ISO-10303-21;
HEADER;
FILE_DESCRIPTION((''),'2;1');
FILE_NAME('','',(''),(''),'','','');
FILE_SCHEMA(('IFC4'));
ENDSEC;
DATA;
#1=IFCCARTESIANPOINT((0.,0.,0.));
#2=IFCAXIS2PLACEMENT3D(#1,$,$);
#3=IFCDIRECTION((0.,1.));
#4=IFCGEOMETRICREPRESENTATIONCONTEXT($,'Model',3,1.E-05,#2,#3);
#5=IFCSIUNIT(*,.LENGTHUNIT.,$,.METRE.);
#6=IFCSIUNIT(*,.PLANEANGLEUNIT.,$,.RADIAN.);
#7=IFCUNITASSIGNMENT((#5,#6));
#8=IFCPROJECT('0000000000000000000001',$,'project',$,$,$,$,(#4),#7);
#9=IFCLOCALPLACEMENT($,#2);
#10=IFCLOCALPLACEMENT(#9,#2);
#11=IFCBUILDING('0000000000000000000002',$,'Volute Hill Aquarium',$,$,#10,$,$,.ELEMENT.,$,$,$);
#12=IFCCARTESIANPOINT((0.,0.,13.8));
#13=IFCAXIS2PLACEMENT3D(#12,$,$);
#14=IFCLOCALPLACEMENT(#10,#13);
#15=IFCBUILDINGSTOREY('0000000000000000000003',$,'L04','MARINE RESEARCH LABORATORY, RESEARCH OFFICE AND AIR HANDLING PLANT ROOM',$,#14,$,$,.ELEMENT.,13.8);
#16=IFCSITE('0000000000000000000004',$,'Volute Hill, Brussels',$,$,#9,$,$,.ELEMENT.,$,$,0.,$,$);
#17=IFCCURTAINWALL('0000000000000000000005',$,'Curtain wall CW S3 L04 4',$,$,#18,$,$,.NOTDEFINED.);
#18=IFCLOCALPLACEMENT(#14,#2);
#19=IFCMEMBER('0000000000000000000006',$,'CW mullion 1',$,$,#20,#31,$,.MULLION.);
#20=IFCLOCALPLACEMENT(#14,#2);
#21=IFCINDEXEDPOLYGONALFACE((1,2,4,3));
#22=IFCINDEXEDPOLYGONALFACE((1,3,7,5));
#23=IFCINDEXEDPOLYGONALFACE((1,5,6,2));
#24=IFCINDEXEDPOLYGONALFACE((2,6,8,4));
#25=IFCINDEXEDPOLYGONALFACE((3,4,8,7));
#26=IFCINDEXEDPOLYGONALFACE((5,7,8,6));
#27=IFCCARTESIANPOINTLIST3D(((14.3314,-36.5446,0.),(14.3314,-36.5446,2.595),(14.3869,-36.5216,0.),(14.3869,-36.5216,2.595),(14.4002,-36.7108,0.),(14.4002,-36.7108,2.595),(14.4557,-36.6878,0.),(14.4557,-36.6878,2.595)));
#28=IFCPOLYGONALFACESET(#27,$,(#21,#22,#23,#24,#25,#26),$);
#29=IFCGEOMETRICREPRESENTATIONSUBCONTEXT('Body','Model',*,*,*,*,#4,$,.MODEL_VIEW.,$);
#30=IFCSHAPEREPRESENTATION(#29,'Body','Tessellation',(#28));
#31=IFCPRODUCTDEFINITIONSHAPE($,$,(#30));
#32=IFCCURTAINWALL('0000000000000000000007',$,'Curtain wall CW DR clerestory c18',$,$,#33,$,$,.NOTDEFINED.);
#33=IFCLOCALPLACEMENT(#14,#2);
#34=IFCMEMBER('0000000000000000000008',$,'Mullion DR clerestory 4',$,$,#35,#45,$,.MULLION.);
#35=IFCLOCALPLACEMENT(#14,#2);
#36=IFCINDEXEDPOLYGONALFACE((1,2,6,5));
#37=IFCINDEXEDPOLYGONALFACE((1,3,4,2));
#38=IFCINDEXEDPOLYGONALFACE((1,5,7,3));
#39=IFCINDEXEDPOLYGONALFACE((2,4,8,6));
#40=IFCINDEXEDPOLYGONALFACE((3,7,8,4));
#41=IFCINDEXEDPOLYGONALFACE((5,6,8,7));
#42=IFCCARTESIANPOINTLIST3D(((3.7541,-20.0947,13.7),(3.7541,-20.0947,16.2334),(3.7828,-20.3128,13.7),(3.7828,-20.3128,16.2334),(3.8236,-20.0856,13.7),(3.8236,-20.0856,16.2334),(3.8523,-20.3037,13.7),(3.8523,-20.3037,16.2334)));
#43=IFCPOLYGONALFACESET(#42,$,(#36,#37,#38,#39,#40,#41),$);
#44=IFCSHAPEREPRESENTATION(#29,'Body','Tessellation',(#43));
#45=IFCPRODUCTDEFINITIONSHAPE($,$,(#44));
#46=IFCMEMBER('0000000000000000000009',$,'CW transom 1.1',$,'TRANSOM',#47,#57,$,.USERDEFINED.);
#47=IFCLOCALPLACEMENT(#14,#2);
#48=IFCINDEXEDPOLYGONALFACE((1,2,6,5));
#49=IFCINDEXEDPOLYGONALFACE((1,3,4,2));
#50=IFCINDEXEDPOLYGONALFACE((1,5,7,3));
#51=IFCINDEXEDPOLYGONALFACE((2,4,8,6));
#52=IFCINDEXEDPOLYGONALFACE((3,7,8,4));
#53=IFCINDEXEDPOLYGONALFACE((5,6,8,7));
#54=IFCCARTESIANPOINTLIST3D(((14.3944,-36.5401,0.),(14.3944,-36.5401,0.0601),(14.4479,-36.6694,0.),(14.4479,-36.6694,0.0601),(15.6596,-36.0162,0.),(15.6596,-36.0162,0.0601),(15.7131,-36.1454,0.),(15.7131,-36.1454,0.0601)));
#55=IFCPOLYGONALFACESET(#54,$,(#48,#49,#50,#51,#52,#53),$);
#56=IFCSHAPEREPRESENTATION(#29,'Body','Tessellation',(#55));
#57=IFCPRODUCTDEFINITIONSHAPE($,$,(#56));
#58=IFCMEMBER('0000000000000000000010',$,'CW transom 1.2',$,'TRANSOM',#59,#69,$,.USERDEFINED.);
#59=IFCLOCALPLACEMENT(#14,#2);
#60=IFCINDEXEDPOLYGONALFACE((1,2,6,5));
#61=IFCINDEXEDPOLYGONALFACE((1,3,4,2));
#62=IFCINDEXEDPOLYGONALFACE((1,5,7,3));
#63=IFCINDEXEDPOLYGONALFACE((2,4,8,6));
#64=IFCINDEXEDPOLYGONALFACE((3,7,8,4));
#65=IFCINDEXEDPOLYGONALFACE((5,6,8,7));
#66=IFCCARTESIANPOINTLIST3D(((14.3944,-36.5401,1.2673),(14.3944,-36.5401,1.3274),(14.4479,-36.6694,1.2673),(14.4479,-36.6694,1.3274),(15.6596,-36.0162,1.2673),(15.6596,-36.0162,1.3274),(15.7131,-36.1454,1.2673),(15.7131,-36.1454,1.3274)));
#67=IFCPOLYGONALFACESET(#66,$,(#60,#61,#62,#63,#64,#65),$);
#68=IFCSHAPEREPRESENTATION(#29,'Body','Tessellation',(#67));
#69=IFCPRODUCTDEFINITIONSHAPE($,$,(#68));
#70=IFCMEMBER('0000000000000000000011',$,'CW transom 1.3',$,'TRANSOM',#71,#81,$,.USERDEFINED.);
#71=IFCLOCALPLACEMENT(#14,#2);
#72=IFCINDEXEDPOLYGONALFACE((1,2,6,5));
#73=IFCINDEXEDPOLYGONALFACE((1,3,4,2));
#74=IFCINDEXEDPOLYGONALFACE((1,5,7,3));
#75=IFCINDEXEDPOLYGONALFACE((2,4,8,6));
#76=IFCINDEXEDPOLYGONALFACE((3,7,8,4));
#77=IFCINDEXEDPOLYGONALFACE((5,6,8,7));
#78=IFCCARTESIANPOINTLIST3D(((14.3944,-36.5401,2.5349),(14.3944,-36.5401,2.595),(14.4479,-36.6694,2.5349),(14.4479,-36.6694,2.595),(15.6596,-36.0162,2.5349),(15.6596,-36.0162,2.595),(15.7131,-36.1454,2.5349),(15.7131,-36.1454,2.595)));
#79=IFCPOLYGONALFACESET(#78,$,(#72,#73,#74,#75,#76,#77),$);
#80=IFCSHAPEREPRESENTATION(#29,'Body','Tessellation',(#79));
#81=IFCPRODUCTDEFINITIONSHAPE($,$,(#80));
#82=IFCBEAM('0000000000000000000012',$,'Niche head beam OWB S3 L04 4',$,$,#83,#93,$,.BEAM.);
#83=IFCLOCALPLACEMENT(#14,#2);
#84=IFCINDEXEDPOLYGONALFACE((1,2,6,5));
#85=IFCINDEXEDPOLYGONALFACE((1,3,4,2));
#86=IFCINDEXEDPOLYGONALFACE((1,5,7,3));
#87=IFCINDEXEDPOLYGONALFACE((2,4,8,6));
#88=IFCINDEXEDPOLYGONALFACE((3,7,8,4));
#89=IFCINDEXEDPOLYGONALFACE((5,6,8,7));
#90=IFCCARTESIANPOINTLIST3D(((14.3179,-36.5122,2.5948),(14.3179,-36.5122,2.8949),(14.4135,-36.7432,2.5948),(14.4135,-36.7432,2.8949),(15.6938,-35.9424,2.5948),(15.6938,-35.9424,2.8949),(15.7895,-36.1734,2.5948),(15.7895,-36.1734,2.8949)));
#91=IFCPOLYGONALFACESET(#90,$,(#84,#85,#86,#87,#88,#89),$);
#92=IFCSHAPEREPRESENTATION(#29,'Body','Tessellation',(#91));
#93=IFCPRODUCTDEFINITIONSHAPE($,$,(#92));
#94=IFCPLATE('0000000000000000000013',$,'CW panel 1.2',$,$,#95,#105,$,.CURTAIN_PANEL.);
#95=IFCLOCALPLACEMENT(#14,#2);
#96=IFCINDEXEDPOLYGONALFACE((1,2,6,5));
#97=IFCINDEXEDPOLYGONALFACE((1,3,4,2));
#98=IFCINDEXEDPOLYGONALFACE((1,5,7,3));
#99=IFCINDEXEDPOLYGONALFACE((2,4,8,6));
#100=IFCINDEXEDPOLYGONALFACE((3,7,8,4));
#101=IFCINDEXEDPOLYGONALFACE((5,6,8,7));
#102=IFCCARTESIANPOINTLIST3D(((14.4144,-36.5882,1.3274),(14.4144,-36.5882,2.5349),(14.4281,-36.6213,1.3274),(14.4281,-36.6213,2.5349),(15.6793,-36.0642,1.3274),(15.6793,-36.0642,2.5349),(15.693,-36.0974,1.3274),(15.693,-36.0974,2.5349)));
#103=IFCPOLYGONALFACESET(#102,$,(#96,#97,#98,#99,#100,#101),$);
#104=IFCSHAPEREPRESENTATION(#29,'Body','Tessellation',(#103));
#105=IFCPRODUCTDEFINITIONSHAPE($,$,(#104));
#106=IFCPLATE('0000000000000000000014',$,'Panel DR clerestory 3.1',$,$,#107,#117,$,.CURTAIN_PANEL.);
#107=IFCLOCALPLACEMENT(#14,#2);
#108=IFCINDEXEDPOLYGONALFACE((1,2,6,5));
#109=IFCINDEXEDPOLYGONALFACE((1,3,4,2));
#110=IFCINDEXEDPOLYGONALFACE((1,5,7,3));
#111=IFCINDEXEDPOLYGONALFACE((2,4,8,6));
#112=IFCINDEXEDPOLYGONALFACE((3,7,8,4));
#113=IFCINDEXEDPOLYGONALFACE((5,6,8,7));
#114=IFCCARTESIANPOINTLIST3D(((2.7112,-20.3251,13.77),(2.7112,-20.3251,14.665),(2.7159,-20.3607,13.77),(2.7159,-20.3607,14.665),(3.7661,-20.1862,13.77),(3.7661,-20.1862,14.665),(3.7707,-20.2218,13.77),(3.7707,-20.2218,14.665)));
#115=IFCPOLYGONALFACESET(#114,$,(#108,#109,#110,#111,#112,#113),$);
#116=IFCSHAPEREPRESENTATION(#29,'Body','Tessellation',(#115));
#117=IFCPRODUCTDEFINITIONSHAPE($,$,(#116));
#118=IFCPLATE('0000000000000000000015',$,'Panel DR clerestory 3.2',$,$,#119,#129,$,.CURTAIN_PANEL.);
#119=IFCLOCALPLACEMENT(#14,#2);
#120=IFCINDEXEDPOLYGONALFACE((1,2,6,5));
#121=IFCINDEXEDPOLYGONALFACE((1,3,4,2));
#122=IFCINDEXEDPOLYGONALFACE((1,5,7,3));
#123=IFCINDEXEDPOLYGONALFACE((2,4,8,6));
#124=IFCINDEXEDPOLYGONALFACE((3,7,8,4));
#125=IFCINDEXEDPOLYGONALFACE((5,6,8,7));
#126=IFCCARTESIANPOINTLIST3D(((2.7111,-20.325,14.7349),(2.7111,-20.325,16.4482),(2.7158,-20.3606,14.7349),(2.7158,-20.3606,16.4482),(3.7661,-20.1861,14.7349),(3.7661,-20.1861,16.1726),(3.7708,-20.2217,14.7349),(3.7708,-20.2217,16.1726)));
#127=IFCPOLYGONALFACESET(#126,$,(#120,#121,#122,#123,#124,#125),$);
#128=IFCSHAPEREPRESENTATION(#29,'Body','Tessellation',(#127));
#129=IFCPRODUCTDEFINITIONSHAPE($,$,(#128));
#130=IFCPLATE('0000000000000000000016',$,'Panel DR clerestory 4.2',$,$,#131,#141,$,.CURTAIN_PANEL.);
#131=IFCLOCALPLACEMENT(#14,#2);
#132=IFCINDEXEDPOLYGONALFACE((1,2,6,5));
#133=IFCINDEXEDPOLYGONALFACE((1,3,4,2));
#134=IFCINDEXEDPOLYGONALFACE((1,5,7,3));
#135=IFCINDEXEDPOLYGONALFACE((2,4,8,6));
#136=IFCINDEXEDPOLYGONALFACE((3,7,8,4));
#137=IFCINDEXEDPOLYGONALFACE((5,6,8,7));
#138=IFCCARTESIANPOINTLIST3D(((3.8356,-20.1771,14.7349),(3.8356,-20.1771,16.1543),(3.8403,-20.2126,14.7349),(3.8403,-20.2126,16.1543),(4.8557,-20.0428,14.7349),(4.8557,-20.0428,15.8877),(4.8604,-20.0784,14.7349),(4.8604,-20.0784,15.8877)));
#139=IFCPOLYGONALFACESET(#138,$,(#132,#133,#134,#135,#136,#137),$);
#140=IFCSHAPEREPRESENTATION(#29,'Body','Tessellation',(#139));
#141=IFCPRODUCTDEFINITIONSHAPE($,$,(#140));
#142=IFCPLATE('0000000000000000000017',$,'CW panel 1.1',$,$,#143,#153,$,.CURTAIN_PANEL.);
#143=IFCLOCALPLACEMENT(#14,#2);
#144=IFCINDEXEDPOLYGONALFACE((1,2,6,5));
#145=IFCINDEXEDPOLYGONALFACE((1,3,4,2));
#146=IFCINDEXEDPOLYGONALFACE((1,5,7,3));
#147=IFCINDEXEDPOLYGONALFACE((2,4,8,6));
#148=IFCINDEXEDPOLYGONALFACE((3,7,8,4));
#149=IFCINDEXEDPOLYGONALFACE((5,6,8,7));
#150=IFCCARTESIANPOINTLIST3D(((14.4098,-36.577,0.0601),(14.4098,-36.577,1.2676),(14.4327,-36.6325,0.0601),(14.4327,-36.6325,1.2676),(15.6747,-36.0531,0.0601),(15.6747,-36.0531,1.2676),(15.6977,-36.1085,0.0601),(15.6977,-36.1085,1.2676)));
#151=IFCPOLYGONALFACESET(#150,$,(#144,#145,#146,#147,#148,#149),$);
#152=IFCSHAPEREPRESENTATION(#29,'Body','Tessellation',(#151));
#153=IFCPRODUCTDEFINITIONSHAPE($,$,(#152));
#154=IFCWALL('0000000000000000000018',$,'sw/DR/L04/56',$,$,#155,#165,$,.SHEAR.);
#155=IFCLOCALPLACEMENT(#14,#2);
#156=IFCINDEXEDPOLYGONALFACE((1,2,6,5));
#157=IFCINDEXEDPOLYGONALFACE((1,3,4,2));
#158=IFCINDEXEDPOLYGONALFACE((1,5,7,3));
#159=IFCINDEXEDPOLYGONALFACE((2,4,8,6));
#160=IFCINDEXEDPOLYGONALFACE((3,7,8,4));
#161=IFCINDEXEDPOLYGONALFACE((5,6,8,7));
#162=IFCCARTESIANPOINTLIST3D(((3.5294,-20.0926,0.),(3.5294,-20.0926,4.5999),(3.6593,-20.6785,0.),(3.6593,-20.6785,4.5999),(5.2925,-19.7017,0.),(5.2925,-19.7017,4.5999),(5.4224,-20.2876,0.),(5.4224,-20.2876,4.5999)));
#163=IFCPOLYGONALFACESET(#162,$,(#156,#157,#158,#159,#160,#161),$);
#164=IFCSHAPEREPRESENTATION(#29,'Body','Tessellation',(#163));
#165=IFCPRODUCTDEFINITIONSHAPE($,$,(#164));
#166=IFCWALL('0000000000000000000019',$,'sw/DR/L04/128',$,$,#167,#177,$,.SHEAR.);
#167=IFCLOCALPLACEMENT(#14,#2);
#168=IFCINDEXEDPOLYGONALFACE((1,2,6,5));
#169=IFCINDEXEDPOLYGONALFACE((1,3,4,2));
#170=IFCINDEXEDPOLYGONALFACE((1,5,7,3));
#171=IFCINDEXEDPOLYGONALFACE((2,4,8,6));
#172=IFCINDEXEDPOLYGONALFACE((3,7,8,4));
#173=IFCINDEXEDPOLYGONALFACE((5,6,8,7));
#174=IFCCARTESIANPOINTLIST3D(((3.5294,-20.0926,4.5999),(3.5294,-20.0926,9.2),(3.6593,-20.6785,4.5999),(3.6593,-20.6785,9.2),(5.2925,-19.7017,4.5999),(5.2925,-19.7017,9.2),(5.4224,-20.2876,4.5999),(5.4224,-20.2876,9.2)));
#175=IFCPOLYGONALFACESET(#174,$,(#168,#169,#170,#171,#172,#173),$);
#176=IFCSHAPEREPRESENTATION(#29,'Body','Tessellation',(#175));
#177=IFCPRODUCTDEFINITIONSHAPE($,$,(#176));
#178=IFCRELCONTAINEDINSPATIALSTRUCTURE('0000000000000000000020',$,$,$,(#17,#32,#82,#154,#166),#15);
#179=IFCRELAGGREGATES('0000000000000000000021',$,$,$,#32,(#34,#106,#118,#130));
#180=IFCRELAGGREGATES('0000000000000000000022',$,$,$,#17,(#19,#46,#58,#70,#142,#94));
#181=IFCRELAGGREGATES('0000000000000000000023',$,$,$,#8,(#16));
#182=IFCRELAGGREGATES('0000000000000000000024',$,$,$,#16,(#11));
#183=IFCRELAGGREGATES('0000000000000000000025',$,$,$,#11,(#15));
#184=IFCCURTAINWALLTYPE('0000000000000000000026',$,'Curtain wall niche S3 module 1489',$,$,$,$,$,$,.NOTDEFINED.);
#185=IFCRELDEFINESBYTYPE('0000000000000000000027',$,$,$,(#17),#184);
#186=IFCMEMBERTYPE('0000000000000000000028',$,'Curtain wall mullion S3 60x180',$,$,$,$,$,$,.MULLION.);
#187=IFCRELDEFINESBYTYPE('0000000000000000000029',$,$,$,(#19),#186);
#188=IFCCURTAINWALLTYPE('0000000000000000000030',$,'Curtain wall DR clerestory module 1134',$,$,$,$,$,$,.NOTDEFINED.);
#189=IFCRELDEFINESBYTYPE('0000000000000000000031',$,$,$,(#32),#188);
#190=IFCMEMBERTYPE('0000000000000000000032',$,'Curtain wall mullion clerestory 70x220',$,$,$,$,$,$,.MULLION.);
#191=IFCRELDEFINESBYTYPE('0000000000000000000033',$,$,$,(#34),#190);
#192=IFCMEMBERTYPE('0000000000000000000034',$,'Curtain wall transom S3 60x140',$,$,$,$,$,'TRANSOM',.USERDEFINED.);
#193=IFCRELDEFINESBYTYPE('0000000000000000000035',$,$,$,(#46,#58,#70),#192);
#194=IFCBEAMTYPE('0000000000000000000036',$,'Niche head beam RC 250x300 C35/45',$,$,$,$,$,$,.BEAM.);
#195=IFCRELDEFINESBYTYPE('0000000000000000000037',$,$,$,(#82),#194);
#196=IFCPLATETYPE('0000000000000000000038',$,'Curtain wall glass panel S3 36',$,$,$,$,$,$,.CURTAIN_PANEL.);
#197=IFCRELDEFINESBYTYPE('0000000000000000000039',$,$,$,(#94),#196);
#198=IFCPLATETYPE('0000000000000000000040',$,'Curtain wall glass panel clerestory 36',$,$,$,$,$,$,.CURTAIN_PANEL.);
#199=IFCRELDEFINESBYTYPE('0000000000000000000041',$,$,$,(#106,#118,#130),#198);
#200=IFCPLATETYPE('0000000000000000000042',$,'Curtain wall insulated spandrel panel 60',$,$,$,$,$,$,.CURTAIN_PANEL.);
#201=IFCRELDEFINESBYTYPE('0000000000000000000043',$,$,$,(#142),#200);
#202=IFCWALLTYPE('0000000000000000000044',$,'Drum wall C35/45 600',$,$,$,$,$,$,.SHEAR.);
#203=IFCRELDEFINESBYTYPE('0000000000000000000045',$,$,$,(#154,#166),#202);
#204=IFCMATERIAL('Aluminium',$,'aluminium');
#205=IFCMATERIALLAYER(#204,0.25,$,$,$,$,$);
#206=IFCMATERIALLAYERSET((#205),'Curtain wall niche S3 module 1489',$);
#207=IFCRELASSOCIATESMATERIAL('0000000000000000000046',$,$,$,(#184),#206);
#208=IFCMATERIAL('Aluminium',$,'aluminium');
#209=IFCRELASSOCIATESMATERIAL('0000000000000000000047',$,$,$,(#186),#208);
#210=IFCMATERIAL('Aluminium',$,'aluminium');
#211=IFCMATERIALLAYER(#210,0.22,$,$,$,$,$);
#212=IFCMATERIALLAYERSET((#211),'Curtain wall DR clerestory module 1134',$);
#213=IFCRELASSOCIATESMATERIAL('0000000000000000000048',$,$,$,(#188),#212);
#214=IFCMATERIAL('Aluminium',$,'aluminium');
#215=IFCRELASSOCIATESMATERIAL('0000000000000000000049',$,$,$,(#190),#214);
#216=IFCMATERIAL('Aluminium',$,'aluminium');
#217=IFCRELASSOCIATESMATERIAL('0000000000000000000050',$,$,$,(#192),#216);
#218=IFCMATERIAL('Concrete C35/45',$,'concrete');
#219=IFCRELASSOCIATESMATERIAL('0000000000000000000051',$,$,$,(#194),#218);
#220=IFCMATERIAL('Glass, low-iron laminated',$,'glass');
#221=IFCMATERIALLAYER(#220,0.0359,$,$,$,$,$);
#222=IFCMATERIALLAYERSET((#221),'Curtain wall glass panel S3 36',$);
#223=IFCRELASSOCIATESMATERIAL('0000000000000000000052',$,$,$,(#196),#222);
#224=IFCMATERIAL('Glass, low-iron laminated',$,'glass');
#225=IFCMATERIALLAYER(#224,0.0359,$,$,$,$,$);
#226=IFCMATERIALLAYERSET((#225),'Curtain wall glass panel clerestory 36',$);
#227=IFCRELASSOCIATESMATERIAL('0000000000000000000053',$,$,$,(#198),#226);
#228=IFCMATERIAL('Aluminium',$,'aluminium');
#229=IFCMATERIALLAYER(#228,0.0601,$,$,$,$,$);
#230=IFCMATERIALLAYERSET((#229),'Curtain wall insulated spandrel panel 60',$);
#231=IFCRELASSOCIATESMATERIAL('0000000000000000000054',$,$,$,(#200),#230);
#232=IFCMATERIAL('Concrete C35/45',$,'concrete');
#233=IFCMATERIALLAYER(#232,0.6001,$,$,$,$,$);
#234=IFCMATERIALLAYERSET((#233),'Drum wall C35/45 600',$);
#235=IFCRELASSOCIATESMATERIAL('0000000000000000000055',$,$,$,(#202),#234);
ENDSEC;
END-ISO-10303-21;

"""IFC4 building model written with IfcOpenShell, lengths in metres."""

from ifc_helpers import new_model, si_unit, direction, frame, frame_2d, origin, origin_2d, place, context, subcontext, project, spatial, polyline, rectangle, outline, extrude, material, layer, layer_set, material_profile, profile_set, type_object, element, aggregate, save


model = new_model("IFC4")

# Units and contexts
model_context = context("Model", 3, precision=1e-05, world=origin(), true_north=direction((0.0, 1.0)))
body_context = subcontext(model_context, "Body", "Model", "MODEL_VIEW")
ifc_project = project(units=[si_unit("LENGTHUNIT", "METRE"), si_unit("PLANEANGLEUNIT", "RADIAN")], contexts=[model_context])

# Site, building, storey
site_placement = place(None, origin())
site = spatial("IfcSite", under=ifc_project, at=site_placement, Name="Volute Hill, Brussels", CompositionType="ELEMENT", RefElevation=0.0)
building_placement = place(site_placement, origin())
building = spatial("IfcBuilding", under=site, at=building_placement, Name="Volute Hill Aquarium", CompositionType="ELEMENT")
storey_placement = place(building_placement, frame((0.0, 0.0, 13.8)))
storey = spatial("IfcBuildingStorey", under=building, at=storey_placement, Name="L04", Description="MARINE RESEARCH LABORATORY, RESEARCH OFFICE AND AIR HANDLING PLANT ROOM", CompositionType="ELEMENT", Elevation=13.8)

# Curtain walls, members
ifc_material_1 = material(Name="Aluminium", Category="aluminium")
ifc_layer_1 = layer(ifc_material_1, 0.25)
ifc_layer_set_1 = layer_set([ifc_layer_1], Name="Curtain wall niche S3 module 1489")
curtain_wall_type_1 = type_object("IfcCurtainWallType", Name="Curtain wall niche S3 module 1489", PredefinedType="NOTDEFINED", material=ifc_layer_set_1)
curtain_wall_1_placement = place(storey_placement, origin())
curtain_wall_1 = element("IfcCurtainWall", 1, at=curtain_wall_1_placement, inside=storey, type_object=curtain_wall_type_1, Name="Curtain wall CW S3 L04 4", PredefinedType="NOTDEFINED")
ifc_material_2 = material(Name="Aluminium", Category="aluminium")
ifc_material_profile_1 = material_profile(ifc_material_2, rectangle(XDim=0.1799, YDim=0.0601, at=origin_2d()), Name="Curtain wall mullion S3 60x180")
ifc_profile_set_1 = profile_set([ifc_material_profile_1], Name="Aluminium")
member_type_1 = type_object("IfcMemberType", Name="Curtain wall mullion S3 60x180", PredefinedType="MULLION", material=ifc_profile_set_1)
member_1_placement = place(storey_placement, frame((14.3936, -36.6162, 0.0), z_axis=(0.0, 0.0, 1.0), x_axis=(-0.382693, 0.923876, 0.0)))
member_1 = element("IfcMember", 2, at=member_1_placement, type_object=member_type_1, Name="CW mullion 1", PredefinedType="MULLION", context=body_context, shape_type="SweptSolid", body=[
    extrude(rectangle(XDim=0.1799, YDim=0.0601, at=origin_2d()), origin(), (0.0, 0.0, 1.0), 2.595),
])
ifc_material_3 = material(Name="Aluminium", Category="aluminium")
ifc_layer_2 = layer(ifc_material_3, 0.22)
ifc_layer_set_2 = layer_set([ifc_layer_2], Name="Curtain wall DR clerestory module 1134")
curtain_wall_type_2 = type_object("IfcCurtainWallType", Name="Curtain wall DR clerestory module 1134", PredefinedType="NOTDEFINED", material=ifc_layer_set_2)
curtain_wall_2_placement = place(storey_placement, origin())
curtain_wall_2 = element("IfcCurtainWall", 3, at=curtain_wall_2_placement, inside=storey, type_object=curtain_wall_type_2, Name="Curtain wall CW DR clerestory c18", PredefinedType="NOTDEFINED")
ifc_material_4 = material(Name="Aluminium", Category="aluminium")
ifc_material_profile_2 = material_profile(ifc_material_4, rectangle(XDim=0.22, YDim=0.0701, at=origin_2d()), Name="Curtain wall mullion clerestory 70x220")
ifc_profile_set_2 = profile_set([ifc_material_profile_2], Name="Aluminium")
member_type_2 = type_object("IfcMemberType", Name="Curtain wall mullion clerestory 70x220", PredefinedType="MULLION", material=ifc_profile_set_2)
member_2_placement = place(storey_placement, frame((3.8032, -20.1992, 13.7), z_axis=(0.0, 0.0, 1.0), x_axis=(-0.130519, 0.991446, 0.0)))
member_2 = element("IfcMember", 4, at=member_2_placement, type_object=member_type_2, Name="Mullion DR clerestory 4", PredefinedType="MULLION", context=body_context, shape_type="SweptSolid", body=[
    extrude(rectangle(XDim=0.22, YDim=0.0701, at=origin_2d()), origin(), (0.0, 0.0, 1.0), 2.5334),
])

# Members
ifc_material_5 = material(Name="Aluminium", Category="aluminium")
ifc_material_profile_3 = material_profile(ifc_material_5, rectangle(XDim=0.1399, YDim=0.0601, at=origin_2d()), Name="Curtain wall transom S3 60x140")
ifc_profile_set_3 = profile_set([ifc_material_profile_3], Name="Aluminium")
member_type_3 = type_object("IfcMemberType", Name="Curtain wall transom S3 60x140", ElementType="TRANSOM", PredefinedType="USERDEFINED", material=ifc_profile_set_3)
member_3_placement = place(storey_placement, frame((14.4211, -36.6047, 0.03), z_axis=(0.923908, 0.382614, 0.0), x_axis=(-0.382614, 0.923908, 0.0)))
member_3 = element("IfcMember", 5, at=member_3_placement, type_object=member_type_3, Name="CW transom 1.1", ObjectType="TRANSOM", PredefinedType="USERDEFINED", context=body_context, shape_type="SweptSolid", body=[
    extrude(rectangle(XDim=0.1399, YDim=0.0601, at=origin_2d()), origin(), (0.0, 0.0, 1.0), 1.3694),
])
member_4_placement = place(storey_placement, frame((14.4211, -36.6047, 1.2974), z_axis=(0.923908, 0.382614, 0.0), x_axis=(-0.382614, 0.923908, 0.0)))
member_4 = element("IfcMember", 6, at=member_4_placement, type_object=member_type_3, Name="CW transom 1.2", ObjectType="TRANSOM", PredefinedType="USERDEFINED", context=body_context, shape_type="SweptSolid", body=[
    extrude(rectangle(XDim=0.1399, YDim=0.0601, at=origin_2d()), origin(), (0.0, 0.0, 1.0), 1.3694),
])
member_5_placement = place(storey_placement, frame((14.4211, -36.6047, 2.5649), z_axis=(0.923908, 0.382614, 0.0), x_axis=(-0.382614, 0.923908, 0.0)))
member_5 = element("IfcMember", 7, at=member_5_placement, type_object=member_type_3, Name="CW transom 1.3", ObjectType="TRANSOM", PredefinedType="USERDEFINED", context=body_context, shape_type="SweptSolid", body=[
    extrude(rectangle(XDim=0.1399, YDim=0.0601, at=origin_2d()), origin(), (0.0, 0.0, 1.0), 1.3694),
])

# Beam
ifc_material_6 = material(Name="Concrete C35/45", Category="concrete")
ifc_material_profile_4 = material_profile(ifc_material_6, rectangle(XDim=0.25, YDim=0.3, at=origin_2d()), Name="RC beam 250x300")
ifc_profile_set_4 = profile_set([ifc_material_profile_4], Name="Concrete C35/45")
beam_type = type_object("IfcBeamType", Name="Niche head beam RC 250x300 C35/45", PredefinedType="BEAM", material=ifc_profile_set_4)
beam_placement = place(storey_placement, frame((14.3657, -36.6277, 2.7449), z_axis=(0.923909, 0.382612, 0.0), x_axis=(-0.382612, 0.923909, 0.0)))
element("IfcBeam", 8, at=beam_placement, inside=storey, type_object=beam_type, Name="Niche head beam OWB S3 L04 4", PredefinedType="BEAM", context=body_context, shape_type="SweptSolid", body=[
    extrude(rectangle(XDim=0.25, YDim=0.3, at=origin_2d()), origin(), (0.0, 0.0, 1.0), 1.4893),
])

# Plates
ifc_material_7 = material(Name="Glass, low-iron laminated", Category="glass")
ifc_layer_3 = layer(ifc_material_7, 0.0359)
ifc_layer_set_3 = layer_set([ifc_layer_3], Name="Curtain wall glass panel S3 36")
plate_type_1 = type_object("IfcPlateType", Name="Curtain wall glass panel S3 36", PredefinedType="CURTAIN_PANEL", material=ifc_layer_set_3)
plate_1_placement = place(storey_placement, frame((15.0537, -36.3428, 1.3274), z_axis=(0.0, 0.0, 1.0), x_axis=(0.923876, 0.382693, 0.0)))
plate_1 = element("IfcPlate", 9, at=plate_1_placement, type_object=plate_type_1, Name="CW panel 1.2", PredefinedType="CURTAIN_PANEL", context=body_context, shape_type="SweptSolid", body=[
    extrude(rectangle(XDim=1.3691, YDim=0.0359, at=origin_2d()), origin(), (0.0, 0.0, 1.0), 1.2075),
])
ifc_material_8 = material(Name="Glass, low-iron laminated", Category="glass")
ifc_layer_4 = layer(ifc_material_8, 0.0359)
ifc_layer_set_4 = layer_set([ifc_layer_4], Name="Curtain wall glass panel clerestory 36")
plate_type_2 = type_object("IfcPlateType", Name="Curtain wall glass panel clerestory 36", PredefinedType="CURTAIN_PANEL", material=ifc_layer_set_4)
plate_2_placement = place(storey_placement, frame((3.241, -20.2734, 13.77), z_axis=(0.0, 0.0, 1.0), x_axis=(0.991446, 0.130519, 0.0)))
plate_2 = element("IfcPlate", 10, at=plate_2_placement, type_object=plate_type_2, Name="Panel DR clerestory 3.1", PredefinedType="CURTAIN_PANEL", context=body_context, shape_type="SweptSolid", body=[
    extrude(rectangle(XDim=1.064, YDim=0.0359, at=origin_2d()), origin(), (0.0, 0.0, 1.0), 0.895),
])
plate_3_placement = place(storey_placement, frame((2.7158, -20.3606, 14.7349), z_axis=(0.130555, -0.991441, 0.0), x_axis=(0.991441, 0.130555, 0.0)))
plate_3 = element("IfcPlate", 11, at=plate_3_placement, type_object=plate_type_2, Name="Panel DR clerestory 3.2", PredefinedType="CURTAIN_PANEL", context=body_context, shape_type="SweptSolid", body=[
    extrude(outline(polyline([(0.0, 0.0), (1.064, 0.0), (1.064, 1.4377), (0.0, 1.7134), (0.0, 0.0)])), origin(), (0.0, 0.0, -1.0), 0.0359),
])
plate_4_placement = place(storey_placement, frame((3.8403, -20.2126, 14.7349), z_axis=(0.130516, -0.991446, 0.0), x_axis=(0.991446, 0.130516, 0.0)))
plate_4 = element("IfcPlate", 12, at=plate_4_placement, type_object=plate_type_2, Name="Panel DR clerestory 4.2", PredefinedType="CURTAIN_PANEL", context=body_context, shape_type="SweptSolid", body=[
    extrude(outline(polyline([(0.0, 0.0), (1.0288, 0.0), (1.0288, 1.1528), (0.0, 1.4194), (0.0, 0.0)])), origin(), (0.0, 0.0, -1.0), 0.0359),
])
aggregate(curtain_wall_2, [member_2, plate_2, plate_3, plate_4])
ifc_material_9 = material(Name="Aluminium", Category="aluminium")
ifc_layer_5 = layer(ifc_material_9, 0.0601)
ifc_layer_set_5 = layer_set([ifc_layer_5], Name="Curtain wall insulated spandrel panel 60")
plate_type_3 = type_object("IfcPlateType", Name="Curtain wall insulated spandrel panel 60", PredefinedType="CURTAIN_PANEL", material=ifc_layer_set_5)
plate_5_placement = place(storey_placement, frame((15.0537, -36.3428, 0.0601), z_axis=(0.0, 0.0, 1.0), x_axis=(0.923876, 0.382693, 0.0)))
plate_5 = element("IfcPlate", 13, at=plate_5_placement, type_object=plate_type_3, Name="CW panel 1.1", PredefinedType="CURTAIN_PANEL", context=body_context, shape_type="SweptSolid", body=[
    extrude(rectangle(XDim=1.3691, YDim=0.0601, at=origin_2d()), origin(), (0.0, 0.0, 1.0), 1.2075),
])
aggregate(curtain_wall_1, [member_1, member_3, member_4, member_5, plate_5, plate_1])

# Walls
ifc_material_10 = material(Name="Concrete C35/45", Category="concrete")
ifc_layer_6 = layer(ifc_material_10, 0.6001)
ifc_layer_set_6 = layer_set([ifc_layer_6], Name="Drum wall C35/45 600")
wall_type = type_object("IfcWallType", Name="Drum wall C35/45 600", PredefinedType="SHEAR", material=ifc_layer_set_6)
wall_1_placement = place(storey_placement, frame((3.5945, -20.3855, 0.0), z_axis=(0.0, 0.0, 1.0), x_axis=(0.976298, 0.216429, 0.0)))
element("IfcWall", 14, at=wall_1_placement, inside=storey, type_object=wall_type, Name="sw/DR/L04/56", PredefinedType="SHEAR", context=body_context, shape_type="SweptSolid", body=[
    extrude(rectangle(XDim=1.8059, YDim=0.6001, at=frame_2d((0.9028, 0.0))), origin(), (0.0, 0.0, 1.0), 4.5999),
])
wall_2_placement = place(storey_placement, frame((3.5945, -20.3855, 4.5999), z_axis=(0.0, 0.0, 1.0), x_axis=(0.976298, 0.216429, 0.0)))
element("IfcWall", 15, at=wall_2_placement, inside=storey, type_object=wall_type, Name="sw/DR/L04/128", PredefinedType="SHEAR", context=body_context, shape_type="SweptSolid", body=[
    extrude(rectangle(XDim=1.8059, YDim=0.6001, at=frame_2d((0.9028, 0.0))), origin(), (0.0, 0.0, 1.0), 4.6001),
])

save(model, "model.ifc")
